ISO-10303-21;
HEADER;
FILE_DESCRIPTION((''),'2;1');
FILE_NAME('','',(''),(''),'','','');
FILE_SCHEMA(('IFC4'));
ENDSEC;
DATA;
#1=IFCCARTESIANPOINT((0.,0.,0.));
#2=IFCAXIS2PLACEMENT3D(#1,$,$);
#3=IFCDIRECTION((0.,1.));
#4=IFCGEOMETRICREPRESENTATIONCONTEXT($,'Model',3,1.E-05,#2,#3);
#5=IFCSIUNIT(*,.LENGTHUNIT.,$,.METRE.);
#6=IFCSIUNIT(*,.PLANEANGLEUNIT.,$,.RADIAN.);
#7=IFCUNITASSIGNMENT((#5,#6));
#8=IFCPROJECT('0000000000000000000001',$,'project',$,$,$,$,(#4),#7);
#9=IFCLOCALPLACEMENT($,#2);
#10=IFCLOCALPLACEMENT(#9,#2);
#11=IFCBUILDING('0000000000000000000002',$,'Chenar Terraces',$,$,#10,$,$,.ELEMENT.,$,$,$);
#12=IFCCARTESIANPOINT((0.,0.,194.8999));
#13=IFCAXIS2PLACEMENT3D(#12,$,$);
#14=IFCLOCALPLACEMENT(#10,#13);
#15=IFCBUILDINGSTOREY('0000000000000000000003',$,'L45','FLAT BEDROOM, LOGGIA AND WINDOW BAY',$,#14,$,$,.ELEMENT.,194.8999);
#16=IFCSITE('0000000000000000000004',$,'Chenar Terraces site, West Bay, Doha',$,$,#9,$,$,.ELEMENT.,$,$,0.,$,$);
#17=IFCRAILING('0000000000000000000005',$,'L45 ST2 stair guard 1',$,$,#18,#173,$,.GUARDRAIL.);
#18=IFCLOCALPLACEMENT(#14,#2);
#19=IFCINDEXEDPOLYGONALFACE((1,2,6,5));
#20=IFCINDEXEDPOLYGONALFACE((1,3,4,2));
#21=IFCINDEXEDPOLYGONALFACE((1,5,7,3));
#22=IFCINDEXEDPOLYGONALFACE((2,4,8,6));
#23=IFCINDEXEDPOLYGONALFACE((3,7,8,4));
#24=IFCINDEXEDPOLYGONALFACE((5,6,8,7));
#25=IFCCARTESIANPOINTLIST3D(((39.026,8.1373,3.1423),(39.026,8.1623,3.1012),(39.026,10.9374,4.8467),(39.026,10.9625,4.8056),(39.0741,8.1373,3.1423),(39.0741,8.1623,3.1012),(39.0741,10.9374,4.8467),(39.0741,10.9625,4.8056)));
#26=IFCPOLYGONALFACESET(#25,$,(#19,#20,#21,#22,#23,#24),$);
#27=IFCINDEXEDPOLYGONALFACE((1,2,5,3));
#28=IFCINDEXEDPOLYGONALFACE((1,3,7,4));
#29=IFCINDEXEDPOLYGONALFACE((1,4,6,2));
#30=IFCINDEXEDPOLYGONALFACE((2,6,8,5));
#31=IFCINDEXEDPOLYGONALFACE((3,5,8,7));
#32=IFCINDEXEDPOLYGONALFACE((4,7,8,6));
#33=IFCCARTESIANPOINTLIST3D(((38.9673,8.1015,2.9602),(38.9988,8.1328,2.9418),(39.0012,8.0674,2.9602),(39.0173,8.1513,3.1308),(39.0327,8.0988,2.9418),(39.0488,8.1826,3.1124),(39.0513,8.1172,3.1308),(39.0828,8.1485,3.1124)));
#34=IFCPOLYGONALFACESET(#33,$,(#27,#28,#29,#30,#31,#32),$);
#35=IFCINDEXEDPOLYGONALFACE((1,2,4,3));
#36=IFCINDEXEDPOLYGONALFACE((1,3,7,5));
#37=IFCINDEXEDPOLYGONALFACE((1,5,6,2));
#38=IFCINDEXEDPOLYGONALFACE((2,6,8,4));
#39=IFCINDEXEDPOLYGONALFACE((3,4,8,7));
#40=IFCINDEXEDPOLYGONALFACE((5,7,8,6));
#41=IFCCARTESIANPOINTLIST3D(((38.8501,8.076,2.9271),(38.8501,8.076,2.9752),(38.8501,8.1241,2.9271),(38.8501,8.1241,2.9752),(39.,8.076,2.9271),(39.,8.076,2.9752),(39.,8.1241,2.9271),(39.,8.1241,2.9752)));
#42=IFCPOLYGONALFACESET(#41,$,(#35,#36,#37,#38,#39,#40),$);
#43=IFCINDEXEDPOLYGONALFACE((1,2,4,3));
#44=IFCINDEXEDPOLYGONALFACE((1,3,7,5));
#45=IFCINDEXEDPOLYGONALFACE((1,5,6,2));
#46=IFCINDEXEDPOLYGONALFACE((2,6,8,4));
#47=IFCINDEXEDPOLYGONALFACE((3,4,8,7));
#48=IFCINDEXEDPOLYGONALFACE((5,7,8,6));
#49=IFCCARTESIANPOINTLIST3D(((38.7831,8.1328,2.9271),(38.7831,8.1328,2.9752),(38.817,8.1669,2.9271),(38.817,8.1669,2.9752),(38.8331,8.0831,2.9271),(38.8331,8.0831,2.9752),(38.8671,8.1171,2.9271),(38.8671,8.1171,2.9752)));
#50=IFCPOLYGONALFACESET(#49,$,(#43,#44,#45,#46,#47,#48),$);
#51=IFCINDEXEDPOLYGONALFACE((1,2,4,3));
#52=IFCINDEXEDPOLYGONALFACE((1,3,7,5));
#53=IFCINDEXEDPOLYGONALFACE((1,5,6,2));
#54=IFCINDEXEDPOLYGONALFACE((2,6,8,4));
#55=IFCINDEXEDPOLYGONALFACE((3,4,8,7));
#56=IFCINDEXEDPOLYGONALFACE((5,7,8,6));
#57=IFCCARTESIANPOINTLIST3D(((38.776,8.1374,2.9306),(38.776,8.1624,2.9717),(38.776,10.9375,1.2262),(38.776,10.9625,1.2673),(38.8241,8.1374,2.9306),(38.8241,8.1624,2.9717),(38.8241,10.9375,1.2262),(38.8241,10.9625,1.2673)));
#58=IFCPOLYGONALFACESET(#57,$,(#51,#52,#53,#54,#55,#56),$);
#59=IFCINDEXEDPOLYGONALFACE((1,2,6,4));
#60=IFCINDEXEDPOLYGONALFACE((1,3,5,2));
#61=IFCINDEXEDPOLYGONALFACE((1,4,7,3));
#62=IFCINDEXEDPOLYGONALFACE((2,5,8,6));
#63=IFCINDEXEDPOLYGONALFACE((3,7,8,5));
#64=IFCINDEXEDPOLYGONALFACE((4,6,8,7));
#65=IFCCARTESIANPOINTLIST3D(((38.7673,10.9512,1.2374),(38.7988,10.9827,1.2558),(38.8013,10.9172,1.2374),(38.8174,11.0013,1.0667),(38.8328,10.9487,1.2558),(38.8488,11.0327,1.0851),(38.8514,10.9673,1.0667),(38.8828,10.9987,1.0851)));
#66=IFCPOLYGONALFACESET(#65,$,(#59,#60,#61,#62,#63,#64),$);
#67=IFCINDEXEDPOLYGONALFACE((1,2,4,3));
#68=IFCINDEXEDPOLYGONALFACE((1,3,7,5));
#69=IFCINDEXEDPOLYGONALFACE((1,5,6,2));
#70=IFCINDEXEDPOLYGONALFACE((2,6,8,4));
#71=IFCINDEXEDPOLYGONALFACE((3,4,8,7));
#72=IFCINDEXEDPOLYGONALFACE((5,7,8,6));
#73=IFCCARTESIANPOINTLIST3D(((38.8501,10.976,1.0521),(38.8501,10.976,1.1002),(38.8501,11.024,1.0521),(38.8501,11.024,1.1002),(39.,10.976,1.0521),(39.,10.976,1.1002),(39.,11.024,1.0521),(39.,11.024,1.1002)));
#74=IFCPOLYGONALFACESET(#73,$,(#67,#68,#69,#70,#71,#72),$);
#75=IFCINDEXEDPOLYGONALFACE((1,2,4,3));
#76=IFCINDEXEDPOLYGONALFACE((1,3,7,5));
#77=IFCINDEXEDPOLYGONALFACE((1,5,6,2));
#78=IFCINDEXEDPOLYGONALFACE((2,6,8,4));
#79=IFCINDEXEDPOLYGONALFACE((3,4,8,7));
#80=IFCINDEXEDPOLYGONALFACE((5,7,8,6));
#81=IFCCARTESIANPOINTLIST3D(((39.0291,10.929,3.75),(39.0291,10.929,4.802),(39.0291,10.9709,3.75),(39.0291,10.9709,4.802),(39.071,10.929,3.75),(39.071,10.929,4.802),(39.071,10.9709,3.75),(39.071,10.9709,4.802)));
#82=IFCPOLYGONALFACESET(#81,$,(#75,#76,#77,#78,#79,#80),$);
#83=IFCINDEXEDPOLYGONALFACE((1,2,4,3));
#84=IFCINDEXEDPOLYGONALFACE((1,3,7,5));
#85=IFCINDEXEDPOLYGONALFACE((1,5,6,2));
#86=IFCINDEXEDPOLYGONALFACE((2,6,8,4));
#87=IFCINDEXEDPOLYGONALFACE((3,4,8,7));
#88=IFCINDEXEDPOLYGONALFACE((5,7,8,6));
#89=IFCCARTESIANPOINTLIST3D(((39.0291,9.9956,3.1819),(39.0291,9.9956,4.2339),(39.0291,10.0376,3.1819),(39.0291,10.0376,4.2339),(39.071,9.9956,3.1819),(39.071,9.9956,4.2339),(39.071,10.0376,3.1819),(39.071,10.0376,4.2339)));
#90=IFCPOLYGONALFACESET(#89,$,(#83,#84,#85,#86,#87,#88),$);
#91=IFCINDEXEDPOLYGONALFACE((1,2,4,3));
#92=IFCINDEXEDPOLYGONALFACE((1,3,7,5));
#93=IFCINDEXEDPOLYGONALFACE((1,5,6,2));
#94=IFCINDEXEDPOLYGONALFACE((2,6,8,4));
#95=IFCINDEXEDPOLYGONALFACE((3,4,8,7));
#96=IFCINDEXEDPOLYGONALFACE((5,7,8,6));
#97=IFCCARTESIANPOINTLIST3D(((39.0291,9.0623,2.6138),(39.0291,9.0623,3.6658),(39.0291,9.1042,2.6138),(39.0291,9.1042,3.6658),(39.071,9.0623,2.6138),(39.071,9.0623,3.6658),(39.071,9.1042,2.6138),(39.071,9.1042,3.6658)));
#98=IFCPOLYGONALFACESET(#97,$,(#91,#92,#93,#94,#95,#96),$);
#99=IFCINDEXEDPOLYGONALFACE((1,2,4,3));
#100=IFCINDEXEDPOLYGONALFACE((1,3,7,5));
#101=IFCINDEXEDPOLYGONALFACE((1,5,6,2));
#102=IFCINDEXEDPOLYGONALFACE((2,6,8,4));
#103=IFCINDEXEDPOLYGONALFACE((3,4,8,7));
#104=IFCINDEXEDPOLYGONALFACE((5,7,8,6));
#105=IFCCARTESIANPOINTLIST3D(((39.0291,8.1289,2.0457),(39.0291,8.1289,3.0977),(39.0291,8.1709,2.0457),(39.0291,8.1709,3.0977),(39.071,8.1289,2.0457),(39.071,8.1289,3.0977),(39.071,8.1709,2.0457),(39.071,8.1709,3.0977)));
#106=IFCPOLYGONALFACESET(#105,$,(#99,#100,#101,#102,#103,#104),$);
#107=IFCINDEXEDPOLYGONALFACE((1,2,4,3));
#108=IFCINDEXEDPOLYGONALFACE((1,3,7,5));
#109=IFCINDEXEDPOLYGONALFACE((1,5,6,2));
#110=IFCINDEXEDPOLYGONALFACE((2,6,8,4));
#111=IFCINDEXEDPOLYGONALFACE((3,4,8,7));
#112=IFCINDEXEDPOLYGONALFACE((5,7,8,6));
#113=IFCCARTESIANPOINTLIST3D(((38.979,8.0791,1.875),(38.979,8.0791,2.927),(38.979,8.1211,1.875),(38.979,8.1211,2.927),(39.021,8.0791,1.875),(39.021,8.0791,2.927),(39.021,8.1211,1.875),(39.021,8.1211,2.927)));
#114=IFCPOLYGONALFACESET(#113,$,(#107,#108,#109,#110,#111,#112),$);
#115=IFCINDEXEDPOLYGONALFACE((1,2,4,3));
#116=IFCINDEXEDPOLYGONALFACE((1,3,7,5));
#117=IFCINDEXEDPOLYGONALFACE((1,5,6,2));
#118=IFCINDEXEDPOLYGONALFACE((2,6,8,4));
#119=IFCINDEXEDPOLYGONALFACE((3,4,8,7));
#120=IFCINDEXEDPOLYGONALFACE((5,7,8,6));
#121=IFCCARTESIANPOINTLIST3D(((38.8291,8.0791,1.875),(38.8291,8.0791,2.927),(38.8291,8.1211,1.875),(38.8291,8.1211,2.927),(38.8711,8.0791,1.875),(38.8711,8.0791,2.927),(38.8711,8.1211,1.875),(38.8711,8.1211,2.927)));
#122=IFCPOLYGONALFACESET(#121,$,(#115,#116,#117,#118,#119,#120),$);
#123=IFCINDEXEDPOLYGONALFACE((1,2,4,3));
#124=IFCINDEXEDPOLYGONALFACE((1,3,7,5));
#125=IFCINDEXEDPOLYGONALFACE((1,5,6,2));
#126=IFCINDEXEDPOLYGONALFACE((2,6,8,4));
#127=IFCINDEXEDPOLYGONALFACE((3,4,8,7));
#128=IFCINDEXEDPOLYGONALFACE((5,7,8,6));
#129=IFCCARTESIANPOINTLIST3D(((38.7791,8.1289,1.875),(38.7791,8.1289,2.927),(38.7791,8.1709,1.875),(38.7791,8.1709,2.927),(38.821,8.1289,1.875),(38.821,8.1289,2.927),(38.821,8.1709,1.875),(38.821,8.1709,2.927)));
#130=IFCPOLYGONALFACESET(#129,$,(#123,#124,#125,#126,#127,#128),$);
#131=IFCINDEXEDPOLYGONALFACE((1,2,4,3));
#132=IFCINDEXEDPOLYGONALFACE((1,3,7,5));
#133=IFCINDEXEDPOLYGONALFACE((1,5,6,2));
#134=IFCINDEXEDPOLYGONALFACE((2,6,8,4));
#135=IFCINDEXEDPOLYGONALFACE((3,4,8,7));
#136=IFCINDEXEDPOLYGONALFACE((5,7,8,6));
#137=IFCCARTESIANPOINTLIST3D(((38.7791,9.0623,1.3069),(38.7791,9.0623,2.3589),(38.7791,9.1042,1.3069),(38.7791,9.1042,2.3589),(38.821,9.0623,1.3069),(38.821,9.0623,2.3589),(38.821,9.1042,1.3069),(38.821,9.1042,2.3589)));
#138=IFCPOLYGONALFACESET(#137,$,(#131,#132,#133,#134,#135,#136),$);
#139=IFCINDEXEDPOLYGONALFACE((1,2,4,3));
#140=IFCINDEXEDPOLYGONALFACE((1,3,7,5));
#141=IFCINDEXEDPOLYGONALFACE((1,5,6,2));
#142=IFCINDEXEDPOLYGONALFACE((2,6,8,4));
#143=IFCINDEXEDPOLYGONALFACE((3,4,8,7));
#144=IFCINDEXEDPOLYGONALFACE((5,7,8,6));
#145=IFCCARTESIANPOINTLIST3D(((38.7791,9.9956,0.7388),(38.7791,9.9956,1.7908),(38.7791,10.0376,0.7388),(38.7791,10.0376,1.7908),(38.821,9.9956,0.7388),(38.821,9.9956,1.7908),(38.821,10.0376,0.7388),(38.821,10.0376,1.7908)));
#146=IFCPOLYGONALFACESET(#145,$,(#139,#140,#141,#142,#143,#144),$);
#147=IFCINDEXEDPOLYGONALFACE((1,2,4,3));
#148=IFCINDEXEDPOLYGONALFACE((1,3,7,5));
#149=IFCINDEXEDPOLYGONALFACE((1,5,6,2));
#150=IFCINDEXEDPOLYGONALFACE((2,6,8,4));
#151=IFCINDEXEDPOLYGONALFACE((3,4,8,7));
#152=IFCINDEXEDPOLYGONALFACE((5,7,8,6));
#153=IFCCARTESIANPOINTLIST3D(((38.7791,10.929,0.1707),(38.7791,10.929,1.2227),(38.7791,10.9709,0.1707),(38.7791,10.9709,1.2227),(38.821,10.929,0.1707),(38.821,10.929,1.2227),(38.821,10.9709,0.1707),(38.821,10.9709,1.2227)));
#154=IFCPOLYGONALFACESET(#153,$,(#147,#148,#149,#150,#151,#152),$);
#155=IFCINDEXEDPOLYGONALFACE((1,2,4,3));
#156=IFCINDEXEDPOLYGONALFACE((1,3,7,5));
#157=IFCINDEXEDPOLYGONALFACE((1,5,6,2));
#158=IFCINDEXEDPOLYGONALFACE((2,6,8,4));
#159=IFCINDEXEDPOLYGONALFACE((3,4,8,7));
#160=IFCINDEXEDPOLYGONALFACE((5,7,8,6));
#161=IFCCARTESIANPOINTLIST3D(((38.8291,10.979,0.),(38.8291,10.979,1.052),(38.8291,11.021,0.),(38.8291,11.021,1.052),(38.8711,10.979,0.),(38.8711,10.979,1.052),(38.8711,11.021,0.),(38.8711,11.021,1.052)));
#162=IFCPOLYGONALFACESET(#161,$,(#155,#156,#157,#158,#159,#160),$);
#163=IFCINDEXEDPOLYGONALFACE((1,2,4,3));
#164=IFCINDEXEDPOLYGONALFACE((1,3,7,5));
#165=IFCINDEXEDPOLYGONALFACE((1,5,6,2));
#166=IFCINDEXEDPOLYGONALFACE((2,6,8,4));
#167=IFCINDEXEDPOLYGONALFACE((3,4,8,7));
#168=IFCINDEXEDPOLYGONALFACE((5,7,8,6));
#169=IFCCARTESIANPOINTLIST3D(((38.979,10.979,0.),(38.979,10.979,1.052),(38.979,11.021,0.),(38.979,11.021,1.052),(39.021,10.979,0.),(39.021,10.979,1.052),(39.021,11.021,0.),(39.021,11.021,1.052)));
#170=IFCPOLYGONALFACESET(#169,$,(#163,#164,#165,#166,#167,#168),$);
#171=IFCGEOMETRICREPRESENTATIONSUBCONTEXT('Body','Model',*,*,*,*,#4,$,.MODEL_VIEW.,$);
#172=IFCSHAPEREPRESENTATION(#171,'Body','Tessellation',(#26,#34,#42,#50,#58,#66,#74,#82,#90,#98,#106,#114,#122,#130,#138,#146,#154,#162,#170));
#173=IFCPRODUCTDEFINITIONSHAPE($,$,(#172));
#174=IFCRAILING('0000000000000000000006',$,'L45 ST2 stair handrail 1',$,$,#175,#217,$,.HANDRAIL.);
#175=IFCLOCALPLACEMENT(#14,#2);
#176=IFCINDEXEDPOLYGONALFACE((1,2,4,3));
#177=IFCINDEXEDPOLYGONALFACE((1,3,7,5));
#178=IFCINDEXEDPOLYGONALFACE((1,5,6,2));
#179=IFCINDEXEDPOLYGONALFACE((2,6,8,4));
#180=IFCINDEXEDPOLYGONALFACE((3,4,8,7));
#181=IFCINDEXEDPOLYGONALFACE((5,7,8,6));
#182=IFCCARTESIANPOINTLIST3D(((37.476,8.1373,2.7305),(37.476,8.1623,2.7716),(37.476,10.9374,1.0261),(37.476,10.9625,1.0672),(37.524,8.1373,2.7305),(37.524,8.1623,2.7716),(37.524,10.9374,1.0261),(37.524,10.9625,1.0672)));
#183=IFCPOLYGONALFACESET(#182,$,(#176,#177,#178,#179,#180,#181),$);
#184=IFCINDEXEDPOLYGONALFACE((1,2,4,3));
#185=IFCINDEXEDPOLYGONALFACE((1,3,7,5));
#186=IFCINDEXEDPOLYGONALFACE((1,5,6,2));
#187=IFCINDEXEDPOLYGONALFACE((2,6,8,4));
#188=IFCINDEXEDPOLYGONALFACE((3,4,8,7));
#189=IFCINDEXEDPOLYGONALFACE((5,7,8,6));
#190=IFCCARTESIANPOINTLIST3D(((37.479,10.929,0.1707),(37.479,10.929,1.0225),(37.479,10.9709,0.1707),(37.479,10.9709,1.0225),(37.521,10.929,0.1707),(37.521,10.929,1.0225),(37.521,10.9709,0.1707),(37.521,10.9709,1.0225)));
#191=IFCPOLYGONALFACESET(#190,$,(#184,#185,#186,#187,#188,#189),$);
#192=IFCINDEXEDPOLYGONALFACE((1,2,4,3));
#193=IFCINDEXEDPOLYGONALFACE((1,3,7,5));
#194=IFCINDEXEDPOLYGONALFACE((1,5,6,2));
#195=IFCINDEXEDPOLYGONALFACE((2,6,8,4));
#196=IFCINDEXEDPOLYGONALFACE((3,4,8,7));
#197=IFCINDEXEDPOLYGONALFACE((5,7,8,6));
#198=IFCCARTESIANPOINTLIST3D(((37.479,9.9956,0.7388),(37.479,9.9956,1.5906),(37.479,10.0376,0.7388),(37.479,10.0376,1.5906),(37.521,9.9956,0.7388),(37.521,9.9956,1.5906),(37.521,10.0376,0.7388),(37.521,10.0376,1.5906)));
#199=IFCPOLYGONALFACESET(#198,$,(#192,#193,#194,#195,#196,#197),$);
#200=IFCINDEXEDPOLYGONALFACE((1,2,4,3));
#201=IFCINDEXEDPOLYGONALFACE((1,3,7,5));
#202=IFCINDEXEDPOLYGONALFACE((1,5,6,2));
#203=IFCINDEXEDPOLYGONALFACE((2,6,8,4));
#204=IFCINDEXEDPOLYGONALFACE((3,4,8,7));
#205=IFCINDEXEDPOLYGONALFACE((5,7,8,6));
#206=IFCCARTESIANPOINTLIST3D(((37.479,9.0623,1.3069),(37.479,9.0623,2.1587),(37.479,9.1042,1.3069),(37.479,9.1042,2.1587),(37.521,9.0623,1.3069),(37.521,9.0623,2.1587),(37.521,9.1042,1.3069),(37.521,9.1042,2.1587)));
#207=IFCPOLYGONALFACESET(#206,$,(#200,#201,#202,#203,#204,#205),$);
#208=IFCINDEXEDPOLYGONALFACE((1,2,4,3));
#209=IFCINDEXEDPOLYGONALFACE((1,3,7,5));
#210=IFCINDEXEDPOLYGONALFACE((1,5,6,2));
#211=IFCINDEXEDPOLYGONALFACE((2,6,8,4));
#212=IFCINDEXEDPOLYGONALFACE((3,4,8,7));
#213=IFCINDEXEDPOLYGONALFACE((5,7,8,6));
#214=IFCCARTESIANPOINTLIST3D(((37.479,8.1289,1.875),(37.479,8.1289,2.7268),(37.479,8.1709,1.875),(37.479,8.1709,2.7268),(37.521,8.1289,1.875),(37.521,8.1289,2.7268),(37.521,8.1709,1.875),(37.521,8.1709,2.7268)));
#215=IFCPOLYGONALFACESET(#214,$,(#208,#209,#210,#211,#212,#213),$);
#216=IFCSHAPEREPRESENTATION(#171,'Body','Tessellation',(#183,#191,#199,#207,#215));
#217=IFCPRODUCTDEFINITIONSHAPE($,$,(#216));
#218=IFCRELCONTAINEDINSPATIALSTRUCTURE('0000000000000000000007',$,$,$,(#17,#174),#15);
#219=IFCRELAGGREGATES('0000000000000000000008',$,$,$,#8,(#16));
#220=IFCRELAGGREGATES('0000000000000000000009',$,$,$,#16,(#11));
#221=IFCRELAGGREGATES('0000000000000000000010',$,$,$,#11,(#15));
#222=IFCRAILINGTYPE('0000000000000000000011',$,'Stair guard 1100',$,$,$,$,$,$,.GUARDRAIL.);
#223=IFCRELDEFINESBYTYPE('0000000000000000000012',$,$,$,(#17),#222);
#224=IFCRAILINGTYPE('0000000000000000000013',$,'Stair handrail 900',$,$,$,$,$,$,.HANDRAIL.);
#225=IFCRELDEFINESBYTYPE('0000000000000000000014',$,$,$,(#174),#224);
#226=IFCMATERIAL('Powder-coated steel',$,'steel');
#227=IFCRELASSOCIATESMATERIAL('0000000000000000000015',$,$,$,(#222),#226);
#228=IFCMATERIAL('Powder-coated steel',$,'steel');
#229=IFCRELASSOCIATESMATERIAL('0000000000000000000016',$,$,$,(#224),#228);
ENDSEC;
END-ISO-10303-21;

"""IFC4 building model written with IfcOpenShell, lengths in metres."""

from ifc_helpers import new_model, si_unit, direction, frame, origin, origin_2d, place, context, subcontext, project, spatial, rectangle, extrude, material, type_object, element, save


model = new_model("IFC4")

# Units and contexts
model_context = context("Model", 3, precision=1e-05, world=origin(), true_north=direction((0.0, 1.0)))
body_context = subcontext(model_context, "Body", "Model", "MODEL_VIEW")
ifc_project = project(units=[si_unit("LENGTHUNIT", "METRE"), si_unit("PLANEANGLEUNIT", "RADIAN")], contexts=[model_context])

# Site, building, storey
site_placement = place(None, origin())
site = spatial("IfcSite", under=ifc_project, at=site_placement, Name="Chenar Terraces site, West Bay, Doha", CompositionType="ELEMENT", RefElevation=0.0)
building_placement = place(site_placement, origin())
building = spatial("IfcBuilding", under=site, at=building_placement, Name="Chenar Terraces", CompositionType="ELEMENT")
storey_placement = place(building_placement, frame((0.0, 0.0, 194.8999)))
storey = spatial("IfcBuildingStorey", under=building, at=storey_placement, Name="L45", Description="FLAT BEDROOM, LOGGIA AND WINDOW BAY", CompositionType="ELEMENT", Elevation=194.8999)

# Railings
ifc_material_1 = material(Name="Powder-coated steel", Category="steel")
railing_type_1 = type_object("IfcRailingType", Name="Stair guard 1100", PredefinedType="GUARDRAIL", material=ifc_material_1)
railing_1_placement = place(storey_placement, frame((39.05, 10.95, 3.75)))
element("IfcRailing", 1, at=railing_1_placement, inside=storey, type_object=railing_type_1, Name="L45 ST2 stair guard 1", PredefinedType="GUARDRAIL", context=body_context, shape_type="SweptSolid", body=[
    extrude(rectangle(XDim=0.0481, YDim=0.0481, at=origin_2d()), frame((0.0, 0.0, 1.0762), z_axis=(0.0, -0.854203, -0.51994), x_axis=(1.0, 0.0, 0.0)), (0.0, 0.0, 1.0), 3.2781),
    extrude(rectangle(XDim=0.0481, YDim=0.0481, at=origin_2d()), frame((0.0, -2.8, -0.6284), z_axis=(-0.270997, -0.269675, -0.924033), x_axis=(0.705376, -0.708834, 0.0)), (0.0, 0.0, 1.0), 0.1846),
    extrude(rectangle(XDim=0.0481, YDim=0.0481, at=origin_2d()), frame((-0.05, -2.8499, -0.7988), z_axis=(-1.0, 0.0, 0.0), x_axis=(0.0, -1.0, 0.0)), (0.0, 0.0, 1.0), 0.1499),
    extrude(rectangle(XDim=0.0481, YDim=0.0481, at=origin_2d()), frame((-0.2, -2.8499, -0.7988), z_axis=(-0.708834, 0.705376, 0.0), x_axis=(-0.705376, -0.708834, 0.0)), (0.0, 0.0, 1.0), 0.0706),
    extrude(rectangle(XDim=0.0481, YDim=0.0481, at=origin_2d()), frame((-0.25, -2.8, -0.7988), z_axis=(0.0, 0.854203, -0.51994), x_axis=(-1.0, 0.0, 0.0)), (0.0, 0.0, 1.0), 3.2781),
    extrude(rectangle(XDim=0.0481, YDim=0.0481, at=origin_2d()), frame((-0.25, 0.0, -2.5034), z_axis=(0.2709, 0.2709, -0.923703), x_axis=(-0.707107, 0.707107, 0.0)), (0.0, 0.0, 1.0), 0.1848),
    extrude(rectangle(XDim=0.0481, YDim=0.0481, at=origin_2d()), frame((-0.2, 0.05, -2.6738), z_axis=(1.0, 0.0, 0.0), x_axis=(0.0, 1.0, 0.0)), (0.0, 0.0, 1.0), 0.1499),
    extrude(rectangle(XDim=0.042, YDim=0.042, at=origin_2d()), origin(), (0.0, 0.0, 1.0), 1.052),
    extrude(rectangle(XDim=0.042, YDim=0.042, at=origin_2d()), frame((0.0, -0.9333, -0.5681)), (0.0, 0.0, 1.0), 1.052),
    extrude(rectangle(XDim=0.042, YDim=0.042, at=origin_2d()), frame((0.0, -1.8667, -1.1362)), (0.0, 0.0, 1.0), 1.052),
    extrude(rectangle(XDim=0.042, YDim=0.042, at=origin_2d()), frame((0.0, -2.8, -1.7043)), (0.0, 0.0, 1.0), 1.052),
    extrude(rectangle(XDim=0.042, YDim=0.042, at=origin_2d()), frame((-0.05, -2.8499, -1.875)), (0.0, 0.0, 1.0), 1.052),
    extrude(rectangle(XDim=0.042, YDim=0.042, at=origin_2d()), frame((-0.2, -2.8499, -1.875)), (0.0, 0.0, 1.0), 1.052),
    extrude(rectangle(XDim=0.042, YDim=0.042, at=origin_2d()), frame((-0.25, -2.8, -1.875)), (0.0, 0.0, 1.0), 1.052),
    extrude(rectangle(XDim=0.042, YDim=0.042, at=origin_2d()), frame((-0.25, -1.8667, -2.4431)), (0.0, 0.0, 1.0), 1.052),
    extrude(rectangle(XDim=0.042, YDim=0.042, at=origin_2d()), frame((-0.25, -0.9333, -3.0112)), (0.0, 0.0, 1.0), 1.052),
    extrude(rectangle(XDim=0.042, YDim=0.042, at=origin_2d()), frame((-0.25, 0.0, -3.5793)), (0.0, 0.0, 1.0), 1.052),
    extrude(rectangle(XDim=0.042, YDim=0.042, at=origin_2d()), frame((-0.2, 0.05, -3.75)), (0.0, 0.0, 1.0), 1.052),
    extrude(rectangle(XDim=0.042, YDim=0.042, at=origin_2d()), frame((-0.05, 0.05, -3.75)), (0.0, 0.0, 1.0), 1.052),
])
ifc_material_2 = material(Name="Powder-coated steel", Category="steel")
railing_type_2 = type_object("IfcRailingType", Name="Stair handrail 900", PredefinedType="HANDRAIL", material=ifc_material_2)
railing_2_placement = place(storey_placement, frame((37.5, 10.95, 0.1707)))
element("IfcRailing", 2, at=railing_2_placement, inside=storey, type_object=railing_type_2, Name="L45 ST2 stair handrail 1", PredefinedType="HANDRAIL", context=body_context, shape_type="SweptSolid", body=[
    extrude(rectangle(XDim=0.0481, YDim=0.0481, at=origin_2d()), frame((0.0, 0.0, 0.876), z_axis=(0.0, -0.854203, 0.51994), x_axis=(1.0, 0.0, 0.0)), (0.0, 0.0, 1.0), 3.2781),
    extrude(rectangle(XDim=0.042, YDim=0.042, at=origin_2d()), origin(), (0.0, 0.0, 1.0), 0.8518),
    extrude(rectangle(XDim=0.042, YDim=0.042, at=origin_2d()), frame((0.0, -0.9333, 0.5681)), (0.0, 0.0, 1.0), 0.8518),
    extrude(rectangle(XDim=0.042, YDim=0.042, at=origin_2d()), frame((0.0, -1.8667, 1.1362)), (0.0, 0.0, 1.0), 0.8518),
    extrude(rectangle(XDim=0.042, YDim=0.042, at=origin_2d()), frame((0.0, -2.8, 1.7043)), (0.0, 0.0, 1.0), 0.8518),
])

save(model, "model.ifc")
